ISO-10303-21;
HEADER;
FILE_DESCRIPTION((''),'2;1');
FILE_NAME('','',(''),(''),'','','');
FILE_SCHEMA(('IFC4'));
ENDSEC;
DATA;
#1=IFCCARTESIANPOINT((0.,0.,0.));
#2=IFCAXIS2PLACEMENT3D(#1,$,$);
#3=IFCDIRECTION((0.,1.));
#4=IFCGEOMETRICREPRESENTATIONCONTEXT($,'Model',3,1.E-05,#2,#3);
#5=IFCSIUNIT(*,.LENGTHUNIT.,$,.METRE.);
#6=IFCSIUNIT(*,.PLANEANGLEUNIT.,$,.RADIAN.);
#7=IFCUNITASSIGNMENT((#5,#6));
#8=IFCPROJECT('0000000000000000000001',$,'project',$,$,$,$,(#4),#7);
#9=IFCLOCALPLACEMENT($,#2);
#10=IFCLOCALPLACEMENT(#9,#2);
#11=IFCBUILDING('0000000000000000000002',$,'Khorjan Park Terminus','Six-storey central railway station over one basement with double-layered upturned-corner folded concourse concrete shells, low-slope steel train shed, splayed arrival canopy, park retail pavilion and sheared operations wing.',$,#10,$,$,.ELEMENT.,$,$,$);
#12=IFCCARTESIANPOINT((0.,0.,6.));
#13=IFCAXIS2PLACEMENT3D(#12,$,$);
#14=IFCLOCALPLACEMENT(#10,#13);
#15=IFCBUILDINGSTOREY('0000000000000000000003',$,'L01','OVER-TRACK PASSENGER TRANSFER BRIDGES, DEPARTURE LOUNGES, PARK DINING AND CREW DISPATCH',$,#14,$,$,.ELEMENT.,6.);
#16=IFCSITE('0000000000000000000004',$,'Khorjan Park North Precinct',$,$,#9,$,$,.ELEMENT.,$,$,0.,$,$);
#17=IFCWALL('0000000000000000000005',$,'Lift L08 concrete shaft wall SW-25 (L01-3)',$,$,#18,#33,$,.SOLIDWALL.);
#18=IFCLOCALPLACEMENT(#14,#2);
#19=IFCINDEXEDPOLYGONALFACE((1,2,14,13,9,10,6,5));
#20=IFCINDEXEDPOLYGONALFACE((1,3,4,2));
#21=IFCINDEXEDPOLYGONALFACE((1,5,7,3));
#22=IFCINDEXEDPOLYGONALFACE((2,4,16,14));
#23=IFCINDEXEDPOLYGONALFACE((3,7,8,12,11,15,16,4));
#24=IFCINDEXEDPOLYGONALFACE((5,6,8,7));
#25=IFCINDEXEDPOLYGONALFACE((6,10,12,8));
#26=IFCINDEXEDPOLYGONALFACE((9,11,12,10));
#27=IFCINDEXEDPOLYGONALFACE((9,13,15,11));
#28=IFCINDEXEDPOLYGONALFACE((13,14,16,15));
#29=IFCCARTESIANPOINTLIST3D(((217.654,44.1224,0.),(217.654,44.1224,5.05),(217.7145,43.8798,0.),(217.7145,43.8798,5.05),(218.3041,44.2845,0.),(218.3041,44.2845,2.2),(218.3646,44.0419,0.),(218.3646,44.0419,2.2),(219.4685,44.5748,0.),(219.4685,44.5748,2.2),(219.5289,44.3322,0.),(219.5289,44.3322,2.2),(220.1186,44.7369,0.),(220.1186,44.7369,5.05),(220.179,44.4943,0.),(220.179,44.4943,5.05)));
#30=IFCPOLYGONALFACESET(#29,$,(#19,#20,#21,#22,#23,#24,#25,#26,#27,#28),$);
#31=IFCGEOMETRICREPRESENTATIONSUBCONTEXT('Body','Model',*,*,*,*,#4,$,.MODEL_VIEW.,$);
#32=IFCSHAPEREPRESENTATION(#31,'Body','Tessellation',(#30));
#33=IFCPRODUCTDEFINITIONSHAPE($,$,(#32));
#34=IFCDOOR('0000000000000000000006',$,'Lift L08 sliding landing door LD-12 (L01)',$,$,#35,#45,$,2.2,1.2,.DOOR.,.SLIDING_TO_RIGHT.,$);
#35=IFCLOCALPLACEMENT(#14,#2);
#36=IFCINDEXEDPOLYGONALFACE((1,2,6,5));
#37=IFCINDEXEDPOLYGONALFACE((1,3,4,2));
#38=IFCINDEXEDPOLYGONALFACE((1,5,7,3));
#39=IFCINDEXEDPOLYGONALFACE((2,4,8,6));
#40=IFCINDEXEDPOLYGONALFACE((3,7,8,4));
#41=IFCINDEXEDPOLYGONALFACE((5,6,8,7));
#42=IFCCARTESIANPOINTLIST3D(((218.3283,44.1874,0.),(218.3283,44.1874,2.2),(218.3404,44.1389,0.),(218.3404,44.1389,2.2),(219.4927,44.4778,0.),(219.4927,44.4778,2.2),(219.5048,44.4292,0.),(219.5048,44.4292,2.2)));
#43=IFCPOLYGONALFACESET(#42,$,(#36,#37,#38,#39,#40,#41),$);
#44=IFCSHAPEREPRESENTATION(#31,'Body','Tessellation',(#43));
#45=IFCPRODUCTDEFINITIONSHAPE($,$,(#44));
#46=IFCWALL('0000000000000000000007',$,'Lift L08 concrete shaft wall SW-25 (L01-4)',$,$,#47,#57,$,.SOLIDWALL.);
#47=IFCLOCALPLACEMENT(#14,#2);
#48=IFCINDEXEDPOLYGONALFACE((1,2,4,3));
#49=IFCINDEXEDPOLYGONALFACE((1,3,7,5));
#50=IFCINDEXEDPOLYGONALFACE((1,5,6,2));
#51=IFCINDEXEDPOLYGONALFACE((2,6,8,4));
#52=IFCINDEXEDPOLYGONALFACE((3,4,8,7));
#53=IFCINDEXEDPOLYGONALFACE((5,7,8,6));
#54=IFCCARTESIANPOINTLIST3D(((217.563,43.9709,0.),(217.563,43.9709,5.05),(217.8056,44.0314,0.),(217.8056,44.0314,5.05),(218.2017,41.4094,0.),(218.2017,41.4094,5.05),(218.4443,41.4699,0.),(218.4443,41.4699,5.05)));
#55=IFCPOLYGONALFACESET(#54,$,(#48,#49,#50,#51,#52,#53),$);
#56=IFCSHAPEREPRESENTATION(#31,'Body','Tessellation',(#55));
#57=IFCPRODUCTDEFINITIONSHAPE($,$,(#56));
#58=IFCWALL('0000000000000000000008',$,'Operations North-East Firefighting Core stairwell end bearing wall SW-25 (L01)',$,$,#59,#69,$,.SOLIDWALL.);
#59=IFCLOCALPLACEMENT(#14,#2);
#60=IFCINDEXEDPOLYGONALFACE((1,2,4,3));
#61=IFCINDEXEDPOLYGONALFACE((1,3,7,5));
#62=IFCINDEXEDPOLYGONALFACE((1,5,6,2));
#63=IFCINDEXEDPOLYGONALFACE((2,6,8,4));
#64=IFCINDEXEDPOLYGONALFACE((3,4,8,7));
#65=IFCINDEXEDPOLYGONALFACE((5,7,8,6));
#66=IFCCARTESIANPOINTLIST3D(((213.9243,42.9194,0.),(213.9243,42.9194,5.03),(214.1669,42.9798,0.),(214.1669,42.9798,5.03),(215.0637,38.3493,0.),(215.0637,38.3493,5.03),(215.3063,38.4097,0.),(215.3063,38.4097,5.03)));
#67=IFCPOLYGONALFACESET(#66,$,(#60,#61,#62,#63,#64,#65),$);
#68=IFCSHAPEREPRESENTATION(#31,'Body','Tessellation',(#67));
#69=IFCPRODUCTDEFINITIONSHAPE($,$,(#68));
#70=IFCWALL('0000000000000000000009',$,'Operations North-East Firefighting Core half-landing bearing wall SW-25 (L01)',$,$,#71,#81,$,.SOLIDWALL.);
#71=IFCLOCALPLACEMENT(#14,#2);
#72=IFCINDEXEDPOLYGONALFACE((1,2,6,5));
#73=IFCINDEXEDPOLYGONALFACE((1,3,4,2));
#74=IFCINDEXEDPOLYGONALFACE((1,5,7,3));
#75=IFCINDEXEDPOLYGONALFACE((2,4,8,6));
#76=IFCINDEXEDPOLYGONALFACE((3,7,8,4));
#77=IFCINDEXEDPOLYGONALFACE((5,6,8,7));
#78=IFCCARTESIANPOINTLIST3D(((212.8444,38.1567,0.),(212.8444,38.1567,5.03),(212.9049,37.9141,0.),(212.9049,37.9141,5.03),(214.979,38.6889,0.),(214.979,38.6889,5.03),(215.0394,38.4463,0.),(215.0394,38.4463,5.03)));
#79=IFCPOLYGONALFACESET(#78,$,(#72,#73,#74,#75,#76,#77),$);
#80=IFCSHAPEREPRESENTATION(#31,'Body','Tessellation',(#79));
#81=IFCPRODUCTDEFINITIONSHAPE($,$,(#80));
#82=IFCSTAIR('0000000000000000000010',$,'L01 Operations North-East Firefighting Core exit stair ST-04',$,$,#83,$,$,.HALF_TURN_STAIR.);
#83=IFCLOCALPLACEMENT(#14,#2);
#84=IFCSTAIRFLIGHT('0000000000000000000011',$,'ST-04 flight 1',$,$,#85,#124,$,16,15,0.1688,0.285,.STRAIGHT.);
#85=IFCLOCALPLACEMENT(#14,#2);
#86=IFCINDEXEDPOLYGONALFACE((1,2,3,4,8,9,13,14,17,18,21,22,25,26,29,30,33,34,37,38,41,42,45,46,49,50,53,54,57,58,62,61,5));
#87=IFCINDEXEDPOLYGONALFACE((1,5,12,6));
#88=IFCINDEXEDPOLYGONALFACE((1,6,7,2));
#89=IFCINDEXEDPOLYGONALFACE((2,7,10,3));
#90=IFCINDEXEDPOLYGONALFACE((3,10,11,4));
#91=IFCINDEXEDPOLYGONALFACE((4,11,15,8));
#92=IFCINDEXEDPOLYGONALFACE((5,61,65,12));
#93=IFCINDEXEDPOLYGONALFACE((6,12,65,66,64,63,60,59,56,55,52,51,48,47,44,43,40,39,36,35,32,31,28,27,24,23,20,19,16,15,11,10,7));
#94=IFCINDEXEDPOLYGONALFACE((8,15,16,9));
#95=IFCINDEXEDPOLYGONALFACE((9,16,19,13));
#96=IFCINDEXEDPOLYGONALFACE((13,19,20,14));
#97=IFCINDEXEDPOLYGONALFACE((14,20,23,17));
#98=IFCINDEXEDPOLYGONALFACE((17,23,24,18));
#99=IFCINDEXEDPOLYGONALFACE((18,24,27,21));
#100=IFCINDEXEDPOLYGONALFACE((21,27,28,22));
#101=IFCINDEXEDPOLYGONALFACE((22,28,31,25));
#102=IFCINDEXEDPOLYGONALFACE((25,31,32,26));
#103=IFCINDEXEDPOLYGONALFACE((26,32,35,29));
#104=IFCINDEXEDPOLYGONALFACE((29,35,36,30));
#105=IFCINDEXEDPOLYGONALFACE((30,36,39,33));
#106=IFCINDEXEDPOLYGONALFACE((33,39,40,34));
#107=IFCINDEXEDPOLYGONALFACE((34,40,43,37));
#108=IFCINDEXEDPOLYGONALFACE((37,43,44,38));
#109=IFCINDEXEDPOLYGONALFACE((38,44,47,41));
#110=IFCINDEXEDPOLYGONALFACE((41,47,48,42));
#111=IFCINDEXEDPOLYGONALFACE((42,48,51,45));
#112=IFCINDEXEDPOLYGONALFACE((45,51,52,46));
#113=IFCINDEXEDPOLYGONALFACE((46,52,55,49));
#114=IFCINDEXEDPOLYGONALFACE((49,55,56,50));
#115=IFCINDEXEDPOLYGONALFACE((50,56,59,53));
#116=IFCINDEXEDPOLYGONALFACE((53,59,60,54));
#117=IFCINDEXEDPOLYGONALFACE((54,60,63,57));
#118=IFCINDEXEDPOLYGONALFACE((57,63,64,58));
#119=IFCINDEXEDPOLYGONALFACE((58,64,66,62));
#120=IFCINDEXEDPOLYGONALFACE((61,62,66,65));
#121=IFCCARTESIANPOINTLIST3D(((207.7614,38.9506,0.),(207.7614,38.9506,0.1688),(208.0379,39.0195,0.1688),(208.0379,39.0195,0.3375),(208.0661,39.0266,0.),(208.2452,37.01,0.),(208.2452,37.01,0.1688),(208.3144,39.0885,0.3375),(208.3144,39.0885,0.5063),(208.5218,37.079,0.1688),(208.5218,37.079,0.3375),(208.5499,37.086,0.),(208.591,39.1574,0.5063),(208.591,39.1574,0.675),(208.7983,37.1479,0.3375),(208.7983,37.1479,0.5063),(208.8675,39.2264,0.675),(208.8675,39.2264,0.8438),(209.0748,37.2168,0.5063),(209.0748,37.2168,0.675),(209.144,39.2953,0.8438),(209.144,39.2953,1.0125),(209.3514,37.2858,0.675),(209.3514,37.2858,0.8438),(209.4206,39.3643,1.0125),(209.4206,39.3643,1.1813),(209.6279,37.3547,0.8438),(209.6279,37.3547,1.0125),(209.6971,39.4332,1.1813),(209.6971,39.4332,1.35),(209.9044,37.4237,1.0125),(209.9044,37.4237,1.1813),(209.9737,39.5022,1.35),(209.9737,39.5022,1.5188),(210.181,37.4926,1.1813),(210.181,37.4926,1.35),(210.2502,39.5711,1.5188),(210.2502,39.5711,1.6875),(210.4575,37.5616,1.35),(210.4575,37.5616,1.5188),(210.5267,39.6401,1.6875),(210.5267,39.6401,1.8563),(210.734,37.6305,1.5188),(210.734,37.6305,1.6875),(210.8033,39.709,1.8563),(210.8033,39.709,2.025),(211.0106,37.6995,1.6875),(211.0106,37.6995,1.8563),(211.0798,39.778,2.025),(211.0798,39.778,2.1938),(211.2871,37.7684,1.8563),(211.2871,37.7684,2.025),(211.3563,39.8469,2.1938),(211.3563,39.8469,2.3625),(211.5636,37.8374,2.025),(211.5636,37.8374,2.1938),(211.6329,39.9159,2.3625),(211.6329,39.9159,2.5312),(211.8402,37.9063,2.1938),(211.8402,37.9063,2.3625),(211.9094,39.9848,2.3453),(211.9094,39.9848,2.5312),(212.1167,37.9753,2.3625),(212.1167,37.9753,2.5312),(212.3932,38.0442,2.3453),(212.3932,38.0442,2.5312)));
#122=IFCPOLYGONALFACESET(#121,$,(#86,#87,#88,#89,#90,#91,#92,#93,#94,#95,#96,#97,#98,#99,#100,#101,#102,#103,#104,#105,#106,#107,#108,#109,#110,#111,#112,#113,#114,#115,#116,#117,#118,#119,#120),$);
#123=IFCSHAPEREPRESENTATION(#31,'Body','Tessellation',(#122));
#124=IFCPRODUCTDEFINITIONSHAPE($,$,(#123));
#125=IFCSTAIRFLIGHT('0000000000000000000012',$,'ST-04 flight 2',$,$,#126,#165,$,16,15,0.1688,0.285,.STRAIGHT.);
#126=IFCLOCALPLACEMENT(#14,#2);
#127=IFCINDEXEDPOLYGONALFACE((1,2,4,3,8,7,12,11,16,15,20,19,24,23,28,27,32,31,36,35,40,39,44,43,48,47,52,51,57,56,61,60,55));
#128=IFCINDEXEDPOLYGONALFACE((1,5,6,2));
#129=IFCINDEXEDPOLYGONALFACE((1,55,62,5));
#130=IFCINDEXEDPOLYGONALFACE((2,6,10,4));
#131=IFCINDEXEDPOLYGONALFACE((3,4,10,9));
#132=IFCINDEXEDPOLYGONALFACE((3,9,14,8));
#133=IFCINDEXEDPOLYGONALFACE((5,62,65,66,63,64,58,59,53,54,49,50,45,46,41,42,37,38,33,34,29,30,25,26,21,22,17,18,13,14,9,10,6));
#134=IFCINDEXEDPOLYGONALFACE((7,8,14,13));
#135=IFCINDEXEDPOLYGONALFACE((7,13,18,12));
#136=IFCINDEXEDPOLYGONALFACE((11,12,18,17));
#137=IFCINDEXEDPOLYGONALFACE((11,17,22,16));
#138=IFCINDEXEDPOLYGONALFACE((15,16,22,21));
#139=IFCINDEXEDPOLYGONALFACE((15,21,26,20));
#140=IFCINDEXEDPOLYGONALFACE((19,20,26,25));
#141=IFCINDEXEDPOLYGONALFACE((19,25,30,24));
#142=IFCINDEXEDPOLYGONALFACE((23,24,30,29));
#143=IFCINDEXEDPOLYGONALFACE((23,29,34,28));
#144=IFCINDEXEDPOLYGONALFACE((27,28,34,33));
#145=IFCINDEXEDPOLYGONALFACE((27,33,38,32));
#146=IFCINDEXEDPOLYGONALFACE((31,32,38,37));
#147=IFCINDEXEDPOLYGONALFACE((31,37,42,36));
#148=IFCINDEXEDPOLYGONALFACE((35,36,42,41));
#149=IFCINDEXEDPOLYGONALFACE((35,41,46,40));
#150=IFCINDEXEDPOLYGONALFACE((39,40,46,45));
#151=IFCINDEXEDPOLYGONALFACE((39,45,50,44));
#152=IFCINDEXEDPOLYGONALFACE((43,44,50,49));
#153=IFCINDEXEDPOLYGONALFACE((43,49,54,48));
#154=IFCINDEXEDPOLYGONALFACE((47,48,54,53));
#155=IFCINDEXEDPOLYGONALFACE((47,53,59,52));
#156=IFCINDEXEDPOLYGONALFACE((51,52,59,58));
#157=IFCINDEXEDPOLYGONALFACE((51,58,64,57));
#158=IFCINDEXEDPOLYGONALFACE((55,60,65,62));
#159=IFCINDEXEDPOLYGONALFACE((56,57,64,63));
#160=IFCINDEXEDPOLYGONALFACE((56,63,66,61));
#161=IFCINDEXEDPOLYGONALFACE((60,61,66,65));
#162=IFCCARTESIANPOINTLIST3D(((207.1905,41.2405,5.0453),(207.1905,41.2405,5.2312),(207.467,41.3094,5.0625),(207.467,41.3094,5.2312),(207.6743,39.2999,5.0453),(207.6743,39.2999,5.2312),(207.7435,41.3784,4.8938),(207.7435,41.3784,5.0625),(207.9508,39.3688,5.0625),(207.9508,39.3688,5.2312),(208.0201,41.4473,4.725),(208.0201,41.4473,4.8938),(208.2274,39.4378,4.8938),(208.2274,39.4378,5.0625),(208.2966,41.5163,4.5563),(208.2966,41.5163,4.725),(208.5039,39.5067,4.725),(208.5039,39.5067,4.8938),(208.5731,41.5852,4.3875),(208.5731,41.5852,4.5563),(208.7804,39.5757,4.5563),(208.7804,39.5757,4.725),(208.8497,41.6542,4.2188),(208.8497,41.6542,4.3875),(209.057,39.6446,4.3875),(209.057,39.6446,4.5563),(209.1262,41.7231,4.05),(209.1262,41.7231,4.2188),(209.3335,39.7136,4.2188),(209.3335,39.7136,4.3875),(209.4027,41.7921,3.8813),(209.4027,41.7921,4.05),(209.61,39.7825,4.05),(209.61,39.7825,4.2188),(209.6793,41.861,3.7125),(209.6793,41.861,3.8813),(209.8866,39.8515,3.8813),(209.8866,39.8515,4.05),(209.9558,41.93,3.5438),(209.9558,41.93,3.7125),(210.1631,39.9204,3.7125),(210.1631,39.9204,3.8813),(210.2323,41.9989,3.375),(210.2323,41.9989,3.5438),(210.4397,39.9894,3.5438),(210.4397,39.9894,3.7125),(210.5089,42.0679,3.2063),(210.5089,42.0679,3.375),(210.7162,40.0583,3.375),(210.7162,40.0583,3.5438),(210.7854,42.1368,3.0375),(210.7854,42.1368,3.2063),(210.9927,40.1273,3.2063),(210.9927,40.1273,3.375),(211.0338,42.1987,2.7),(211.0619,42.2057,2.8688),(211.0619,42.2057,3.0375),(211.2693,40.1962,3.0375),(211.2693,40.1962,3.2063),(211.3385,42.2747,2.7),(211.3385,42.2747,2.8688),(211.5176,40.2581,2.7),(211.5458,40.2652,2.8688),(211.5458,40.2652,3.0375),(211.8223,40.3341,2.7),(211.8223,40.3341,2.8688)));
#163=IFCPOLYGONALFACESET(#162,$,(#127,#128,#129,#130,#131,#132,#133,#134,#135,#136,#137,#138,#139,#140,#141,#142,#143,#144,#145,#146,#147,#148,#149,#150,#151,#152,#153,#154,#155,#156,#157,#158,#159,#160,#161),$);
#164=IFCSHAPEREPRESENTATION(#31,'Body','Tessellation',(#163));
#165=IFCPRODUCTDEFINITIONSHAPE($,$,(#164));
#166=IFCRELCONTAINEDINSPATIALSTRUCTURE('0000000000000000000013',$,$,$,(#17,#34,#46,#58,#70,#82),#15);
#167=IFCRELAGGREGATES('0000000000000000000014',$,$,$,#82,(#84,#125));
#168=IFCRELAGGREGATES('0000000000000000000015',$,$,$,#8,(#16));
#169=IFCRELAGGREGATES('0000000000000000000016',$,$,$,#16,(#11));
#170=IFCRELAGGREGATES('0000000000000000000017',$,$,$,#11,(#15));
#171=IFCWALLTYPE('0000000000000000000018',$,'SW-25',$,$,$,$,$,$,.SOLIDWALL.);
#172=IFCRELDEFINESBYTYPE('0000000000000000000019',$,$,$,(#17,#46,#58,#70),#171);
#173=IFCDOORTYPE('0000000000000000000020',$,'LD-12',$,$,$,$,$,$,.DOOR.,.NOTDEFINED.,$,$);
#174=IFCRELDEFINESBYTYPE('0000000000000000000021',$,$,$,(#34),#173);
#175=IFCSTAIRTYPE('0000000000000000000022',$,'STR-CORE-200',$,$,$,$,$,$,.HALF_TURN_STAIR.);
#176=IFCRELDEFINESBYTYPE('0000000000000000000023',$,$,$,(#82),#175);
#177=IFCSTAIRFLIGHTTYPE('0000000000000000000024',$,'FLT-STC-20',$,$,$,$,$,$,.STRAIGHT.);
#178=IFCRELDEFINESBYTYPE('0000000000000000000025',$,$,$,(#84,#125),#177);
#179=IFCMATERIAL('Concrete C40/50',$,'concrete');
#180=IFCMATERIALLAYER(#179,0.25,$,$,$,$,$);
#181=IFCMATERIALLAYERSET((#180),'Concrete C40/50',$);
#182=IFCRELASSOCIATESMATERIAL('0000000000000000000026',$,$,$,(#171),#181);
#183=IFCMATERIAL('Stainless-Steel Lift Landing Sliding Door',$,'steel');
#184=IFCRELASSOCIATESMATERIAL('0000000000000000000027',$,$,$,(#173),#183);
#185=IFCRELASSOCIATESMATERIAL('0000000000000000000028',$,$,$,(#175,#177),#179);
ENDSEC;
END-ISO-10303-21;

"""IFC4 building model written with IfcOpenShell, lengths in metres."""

from ifc_helpers import new_model, si_unit, direction, frame, frame_2d, origin, place, context, subcontext, project, spatial, polyline, rectangle, outline, extrude, material, layer, layer_set, type_object, element, fill, aggregate, save


model = new_model("IFC4")

# Units and contexts
model_context = context("Model", 3, precision=1e-05, world=origin(), true_north=direction((0.0, 1.0)))
body_context = subcontext(model_context, "Body", "Model", "MODEL_VIEW")
ifc_project = project(units=[si_unit("LENGTHUNIT", "METRE"), si_unit("PLANEANGLEUNIT", "RADIAN")], contexts=[model_context])

# Site, building, storey
site_placement = place(None, origin())
site = spatial("IfcSite", under=ifc_project, at=site_placement, Name="Khorjan Park North Precinct", CompositionType="ELEMENT", RefElevation=0.0)
building_placement = place(site_placement, origin())
building = spatial("IfcBuilding", under=site, at=building_placement, Name="Khorjan Park Terminus", Description="Six-storey central railway station over one basement with double-layered upturned-corner folded concourse concrete shells, low-slope steel train shed, splayed arrival canopy, park retail pavilion and sheared operations wing.", CompositionType="ELEMENT")
storey_placement = place(building_placement, frame((0.0, 0.0, 6.0)))
storey = spatial("IfcBuildingStorey", under=building, at=storey_placement, Name="L01", Description="OVER-TRACK PASSENGER TRANSFER BRIDGES, DEPARTURE LOUNGES, PARK DINING AND CREW DISPATCH", CompositionType="ELEMENT", Elevation=6.0)

# Shared definitions
ifc_material_1 = material(Name="Concrete C40/50", Category="concrete")

# Shared definitions
ifc_layer_1 = layer(ifc_material_1, 0.25)
ifc_layer_set_1 = layer_set([ifc_layer_1], Name="Concrete C40/50")
wall_type_1 = type_object("IfcWallType", Name="SW-25", PredefinedType="SOLIDWALL", material=ifc_layer_set_1)

# Shared definitions
ifc_material_2 = material(Name="Stainless-Steel Lift Landing Sliding Door", Category="steel")
door_type = type_object("IfcDoorType", Name="LD-12", OperationType="NOTDEFINED", PredefinedType="DOOR", material=ifc_material_2)

# Wall, opening, door
wall_1_placement = place(storey_placement, frame((220.1488, 44.6156, 0.0), z_axis=(0.0, 0.0, 1.0), x_axis=(-0.970293, -0.241933, 0.0)))
wall_1 = element("IfcWall", 1, at=wall_1_placement, inside=storey, type_object=wall_type_1, Name="Lift L08 concrete shaft wall SW-25 (L01-3)", PredefinedType="SOLIDWALL", context=body_context, shape_type="SweptSolid", body=[
    extrude(rectangle(XDim=2.54, YDim=0.25, at=frame_2d((1.27, 0.0))), origin(), (0.0, 0.0, 1.0), 5.05),
])
opening_1_placement = place(wall_1_placement, frame((0.67, 0.0, 0.0)))
opening_1 = element("IfcOpeningElement", 2, at=opening_1_placement, cuts=wall_1, PredefinedType="OPENING", context=body_context, shape_type="SweptSolid", body=[
    extrude(rectangle(XDim=1.2, YDim=2.2, at=frame_2d((0.6, 1.1))), frame((0.0, 0.135, 0.0), z_axis=(0.0, -1.0, 0.0), x_axis=(1.0, 0.0, 0.0)), (0.0, 0.0, 1.0), 0.27),
])
door_1_placement = place(opening_1_placement, origin())
door_1 = element("IfcDoor", 3, at=door_1_placement, inside=storey, type_object=door_type, Name="Lift L08 sliding landing door LD-12 (L01)", OperationType="SLIDING_TO_RIGHT", OverallHeight=2.2, OverallWidth=1.2, PredefinedType="DOOR", context=body_context, shape_type="SweptSolid", body=[
    extrude(rectangle(XDim=1.2, YDim=2.2, at=frame_2d((0.6, 1.1))), frame((0.0, 0.025, 0.0), z_axis=(0.0, -1.0, 0.0), x_axis=(1.0, 0.0, 0.0)), (0.0, 0.0, 1.0), 0.05),
])
fill(opening_1, door_1)

# Walls
wall_2_placement = place(storey_placement, frame((217.6843, 44.0011, 0.0), z_axis=(0.0, 0.0, 1.0), x_axis=(0.241938, -0.970292, 0.0)))
element("IfcWall", 4, at=wall_2_placement, inside=storey, type_object=wall_type_1, Name="Lift L08 concrete shaft wall SW-25 (L01-4)", PredefinedType="SOLIDWALL", context=body_context, shape_type="SweptSolid", body=[
    extrude(rectangle(XDim=2.6399, YDim=0.25, at=frame_2d((1.3199, 0.0))), origin(), (0.0, 0.0, 1.0), 5.05),
])
wall_3_placement = place(storey_placement, frame((215.185, 38.3795, 0.0), z_axis=(0.0, 0.0, 1.0), x_axis=(-0.241911, 0.970298, 0.0)))
element("IfcWall", 5, at=wall_3_placement, inside=storey, type_object=wall_type_1, Name="Operations North-East Firefighting Core stairwell end bearing wall SW-25 (L01)", PredefinedType="SOLIDWALL", context=body_context, shape_type="SweptSolid", body=[
    extrude(rectangle(XDim=4.71, YDim=0.25, at=frame_2d((2.355, 0.0))), origin(), (0.0, 0.0, 1.0), 5.03),
])
wall_4_placement = place(storey_placement, frame((212.8747, 38.0354, 0.0), z_axis=(0.0, 0.0, 1.0), x_axis=(0.970297, 0.241915, 0.0)))
element("IfcWall", 6, at=wall_4_placement, inside=storey, type_object=wall_type_1, Name="Operations North-East Firefighting Core half-landing bearing wall SW-25 (L01)", PredefinedType="SOLIDWALL", context=body_context, shape_type="SweptSolid", body=[
    extrude(rectangle(XDim=2.1999, YDim=0.25, at=frame_2d((1.0999, 0.0))), origin(), (0.0, 0.0, 1.0), 5.03),
])

# Stair, stair flights
stair_type = type_object("IfcStairType", Name="STR-CORE-200", PredefinedType="HALF_TURN_STAIR", material=ifc_material_1)
stair_placement = place(storey_placement, origin())
stair = element("IfcStair", 7, at=stair_placement, inside=storey, type_object=stair_type, Name="L01 Operations North-East Firefighting Core exit stair ST-04", PredefinedType="HALF_TURN_STAIR")
stair_flight_type = type_object("IfcStairFlightType", Name="FLT-STC-20", PredefinedType="STRAIGHT", material=ifc_material_1)
stair_flight_1_placement = place(storey_placement, frame((208.0033, 37.9803, 0.0), z_axis=(0.0, 0.0, 1.0), x_axis=(0.970296, 0.241922, 0.0)))
stair_flight_1 = element("IfcStairFlight", 8, at=stair_flight_1_placement, type_object=stair_flight_type, Name="ST-04 flight 1", NumberOfRisers=16, NumberOfTreads=15, PredefinedType="STRAIGHT", RiserHeight=0.1688, TreadLength=0.285, context=body_context, shape_type="SweptSolid", body=[
    extrude(outline(polyline([(0.0, 0.0), (0.0, 0.1688), (0.285, 0.1688), (0.285, 0.3375), (0.57, 0.3375), (0.57, 0.5063), (0.855, 0.5063), (0.855, 0.675), (1.14, 0.675), (1.14, 0.8438), (1.425, 0.8438), (1.425, 1.0125), (1.71, 1.0125), (1.71, 1.1813), (1.995, 1.1813), (1.995, 1.35), (2.28, 1.35), (2.28, 1.5188), (2.565, 1.5188), (2.565, 1.6875), (2.85, 1.6875), (2.85, 1.8563), (3.135, 1.8563), (3.135, 2.025), (3.42, 2.025), (3.42, 2.1938), (3.705, 2.1938), (3.705, 2.3625), (3.99, 2.3625), (3.99, 2.5312), (4.275, 2.5312), (4.275, 2.7), (4.275, 2.3453), (0.314, 0.0), (0.0, 0.0)])), frame((0.0, 1.0, 0.0), z_axis=(0.0, -1.0, 0.0), x_axis=(1.0, 0.0, 0.0)), (0.0, 0.0, 1.0), 2.0),
])
stair_flight_2_placement = place(storey_placement, frame((211.5804, 41.3044, 2.7), z_axis=(0.0, 0.0, 1.0), x_axis=(-0.970296, -0.241922, 0.0)))
stair_flight_2 = element("IfcStairFlight", 9, at=stair_flight_2_placement, type_object=stair_flight_type, Name="ST-04 flight 2", NumberOfRisers=16, NumberOfTreads=15, PredefinedType="STRAIGHT", RiserHeight=0.1688, TreadLength=0.285, context=body_context, shape_type="SweptSolid", body=[
    extrude(outline(polyline([(0.0, 0.0), (0.0, 0.1688), (0.285, 0.1688), (0.285, 0.3375), (0.57, 0.3375), (0.57, 0.5063), (0.855, 0.5063), (0.855, 0.675), (1.14, 0.675), (1.14, 0.8438), (1.425, 0.8438), (1.425, 1.0125), (1.71, 1.0125), (1.71, 1.1813), (1.995, 1.1813), (1.995, 1.35), (2.28, 1.35), (2.28, 1.5188), (2.565, 1.5188), (2.565, 1.6875), (2.85, 1.6875), (2.85, 1.8563), (3.135, 1.8563), (3.135, 2.025), (3.42, 2.025), (3.42, 2.1938), (3.705, 2.1938), (3.705, 2.3625), (3.99, 2.3625), (3.99, 2.5312), (4.275, 2.5312), (4.275, 2.7), (4.275, 2.3453), (0.314, 0.0), (0.0, 0.0)])), frame((0.0, 1.0, 0.0), z_axis=(0.0, -1.0, 0.0), x_axis=(1.0, 0.0, 0.0)), (0.0, 0.0, 1.0), 2.0),
])
aggregate(stair, [stair_flight_1, stair_flight_2])

save(model, "model.ifc")
